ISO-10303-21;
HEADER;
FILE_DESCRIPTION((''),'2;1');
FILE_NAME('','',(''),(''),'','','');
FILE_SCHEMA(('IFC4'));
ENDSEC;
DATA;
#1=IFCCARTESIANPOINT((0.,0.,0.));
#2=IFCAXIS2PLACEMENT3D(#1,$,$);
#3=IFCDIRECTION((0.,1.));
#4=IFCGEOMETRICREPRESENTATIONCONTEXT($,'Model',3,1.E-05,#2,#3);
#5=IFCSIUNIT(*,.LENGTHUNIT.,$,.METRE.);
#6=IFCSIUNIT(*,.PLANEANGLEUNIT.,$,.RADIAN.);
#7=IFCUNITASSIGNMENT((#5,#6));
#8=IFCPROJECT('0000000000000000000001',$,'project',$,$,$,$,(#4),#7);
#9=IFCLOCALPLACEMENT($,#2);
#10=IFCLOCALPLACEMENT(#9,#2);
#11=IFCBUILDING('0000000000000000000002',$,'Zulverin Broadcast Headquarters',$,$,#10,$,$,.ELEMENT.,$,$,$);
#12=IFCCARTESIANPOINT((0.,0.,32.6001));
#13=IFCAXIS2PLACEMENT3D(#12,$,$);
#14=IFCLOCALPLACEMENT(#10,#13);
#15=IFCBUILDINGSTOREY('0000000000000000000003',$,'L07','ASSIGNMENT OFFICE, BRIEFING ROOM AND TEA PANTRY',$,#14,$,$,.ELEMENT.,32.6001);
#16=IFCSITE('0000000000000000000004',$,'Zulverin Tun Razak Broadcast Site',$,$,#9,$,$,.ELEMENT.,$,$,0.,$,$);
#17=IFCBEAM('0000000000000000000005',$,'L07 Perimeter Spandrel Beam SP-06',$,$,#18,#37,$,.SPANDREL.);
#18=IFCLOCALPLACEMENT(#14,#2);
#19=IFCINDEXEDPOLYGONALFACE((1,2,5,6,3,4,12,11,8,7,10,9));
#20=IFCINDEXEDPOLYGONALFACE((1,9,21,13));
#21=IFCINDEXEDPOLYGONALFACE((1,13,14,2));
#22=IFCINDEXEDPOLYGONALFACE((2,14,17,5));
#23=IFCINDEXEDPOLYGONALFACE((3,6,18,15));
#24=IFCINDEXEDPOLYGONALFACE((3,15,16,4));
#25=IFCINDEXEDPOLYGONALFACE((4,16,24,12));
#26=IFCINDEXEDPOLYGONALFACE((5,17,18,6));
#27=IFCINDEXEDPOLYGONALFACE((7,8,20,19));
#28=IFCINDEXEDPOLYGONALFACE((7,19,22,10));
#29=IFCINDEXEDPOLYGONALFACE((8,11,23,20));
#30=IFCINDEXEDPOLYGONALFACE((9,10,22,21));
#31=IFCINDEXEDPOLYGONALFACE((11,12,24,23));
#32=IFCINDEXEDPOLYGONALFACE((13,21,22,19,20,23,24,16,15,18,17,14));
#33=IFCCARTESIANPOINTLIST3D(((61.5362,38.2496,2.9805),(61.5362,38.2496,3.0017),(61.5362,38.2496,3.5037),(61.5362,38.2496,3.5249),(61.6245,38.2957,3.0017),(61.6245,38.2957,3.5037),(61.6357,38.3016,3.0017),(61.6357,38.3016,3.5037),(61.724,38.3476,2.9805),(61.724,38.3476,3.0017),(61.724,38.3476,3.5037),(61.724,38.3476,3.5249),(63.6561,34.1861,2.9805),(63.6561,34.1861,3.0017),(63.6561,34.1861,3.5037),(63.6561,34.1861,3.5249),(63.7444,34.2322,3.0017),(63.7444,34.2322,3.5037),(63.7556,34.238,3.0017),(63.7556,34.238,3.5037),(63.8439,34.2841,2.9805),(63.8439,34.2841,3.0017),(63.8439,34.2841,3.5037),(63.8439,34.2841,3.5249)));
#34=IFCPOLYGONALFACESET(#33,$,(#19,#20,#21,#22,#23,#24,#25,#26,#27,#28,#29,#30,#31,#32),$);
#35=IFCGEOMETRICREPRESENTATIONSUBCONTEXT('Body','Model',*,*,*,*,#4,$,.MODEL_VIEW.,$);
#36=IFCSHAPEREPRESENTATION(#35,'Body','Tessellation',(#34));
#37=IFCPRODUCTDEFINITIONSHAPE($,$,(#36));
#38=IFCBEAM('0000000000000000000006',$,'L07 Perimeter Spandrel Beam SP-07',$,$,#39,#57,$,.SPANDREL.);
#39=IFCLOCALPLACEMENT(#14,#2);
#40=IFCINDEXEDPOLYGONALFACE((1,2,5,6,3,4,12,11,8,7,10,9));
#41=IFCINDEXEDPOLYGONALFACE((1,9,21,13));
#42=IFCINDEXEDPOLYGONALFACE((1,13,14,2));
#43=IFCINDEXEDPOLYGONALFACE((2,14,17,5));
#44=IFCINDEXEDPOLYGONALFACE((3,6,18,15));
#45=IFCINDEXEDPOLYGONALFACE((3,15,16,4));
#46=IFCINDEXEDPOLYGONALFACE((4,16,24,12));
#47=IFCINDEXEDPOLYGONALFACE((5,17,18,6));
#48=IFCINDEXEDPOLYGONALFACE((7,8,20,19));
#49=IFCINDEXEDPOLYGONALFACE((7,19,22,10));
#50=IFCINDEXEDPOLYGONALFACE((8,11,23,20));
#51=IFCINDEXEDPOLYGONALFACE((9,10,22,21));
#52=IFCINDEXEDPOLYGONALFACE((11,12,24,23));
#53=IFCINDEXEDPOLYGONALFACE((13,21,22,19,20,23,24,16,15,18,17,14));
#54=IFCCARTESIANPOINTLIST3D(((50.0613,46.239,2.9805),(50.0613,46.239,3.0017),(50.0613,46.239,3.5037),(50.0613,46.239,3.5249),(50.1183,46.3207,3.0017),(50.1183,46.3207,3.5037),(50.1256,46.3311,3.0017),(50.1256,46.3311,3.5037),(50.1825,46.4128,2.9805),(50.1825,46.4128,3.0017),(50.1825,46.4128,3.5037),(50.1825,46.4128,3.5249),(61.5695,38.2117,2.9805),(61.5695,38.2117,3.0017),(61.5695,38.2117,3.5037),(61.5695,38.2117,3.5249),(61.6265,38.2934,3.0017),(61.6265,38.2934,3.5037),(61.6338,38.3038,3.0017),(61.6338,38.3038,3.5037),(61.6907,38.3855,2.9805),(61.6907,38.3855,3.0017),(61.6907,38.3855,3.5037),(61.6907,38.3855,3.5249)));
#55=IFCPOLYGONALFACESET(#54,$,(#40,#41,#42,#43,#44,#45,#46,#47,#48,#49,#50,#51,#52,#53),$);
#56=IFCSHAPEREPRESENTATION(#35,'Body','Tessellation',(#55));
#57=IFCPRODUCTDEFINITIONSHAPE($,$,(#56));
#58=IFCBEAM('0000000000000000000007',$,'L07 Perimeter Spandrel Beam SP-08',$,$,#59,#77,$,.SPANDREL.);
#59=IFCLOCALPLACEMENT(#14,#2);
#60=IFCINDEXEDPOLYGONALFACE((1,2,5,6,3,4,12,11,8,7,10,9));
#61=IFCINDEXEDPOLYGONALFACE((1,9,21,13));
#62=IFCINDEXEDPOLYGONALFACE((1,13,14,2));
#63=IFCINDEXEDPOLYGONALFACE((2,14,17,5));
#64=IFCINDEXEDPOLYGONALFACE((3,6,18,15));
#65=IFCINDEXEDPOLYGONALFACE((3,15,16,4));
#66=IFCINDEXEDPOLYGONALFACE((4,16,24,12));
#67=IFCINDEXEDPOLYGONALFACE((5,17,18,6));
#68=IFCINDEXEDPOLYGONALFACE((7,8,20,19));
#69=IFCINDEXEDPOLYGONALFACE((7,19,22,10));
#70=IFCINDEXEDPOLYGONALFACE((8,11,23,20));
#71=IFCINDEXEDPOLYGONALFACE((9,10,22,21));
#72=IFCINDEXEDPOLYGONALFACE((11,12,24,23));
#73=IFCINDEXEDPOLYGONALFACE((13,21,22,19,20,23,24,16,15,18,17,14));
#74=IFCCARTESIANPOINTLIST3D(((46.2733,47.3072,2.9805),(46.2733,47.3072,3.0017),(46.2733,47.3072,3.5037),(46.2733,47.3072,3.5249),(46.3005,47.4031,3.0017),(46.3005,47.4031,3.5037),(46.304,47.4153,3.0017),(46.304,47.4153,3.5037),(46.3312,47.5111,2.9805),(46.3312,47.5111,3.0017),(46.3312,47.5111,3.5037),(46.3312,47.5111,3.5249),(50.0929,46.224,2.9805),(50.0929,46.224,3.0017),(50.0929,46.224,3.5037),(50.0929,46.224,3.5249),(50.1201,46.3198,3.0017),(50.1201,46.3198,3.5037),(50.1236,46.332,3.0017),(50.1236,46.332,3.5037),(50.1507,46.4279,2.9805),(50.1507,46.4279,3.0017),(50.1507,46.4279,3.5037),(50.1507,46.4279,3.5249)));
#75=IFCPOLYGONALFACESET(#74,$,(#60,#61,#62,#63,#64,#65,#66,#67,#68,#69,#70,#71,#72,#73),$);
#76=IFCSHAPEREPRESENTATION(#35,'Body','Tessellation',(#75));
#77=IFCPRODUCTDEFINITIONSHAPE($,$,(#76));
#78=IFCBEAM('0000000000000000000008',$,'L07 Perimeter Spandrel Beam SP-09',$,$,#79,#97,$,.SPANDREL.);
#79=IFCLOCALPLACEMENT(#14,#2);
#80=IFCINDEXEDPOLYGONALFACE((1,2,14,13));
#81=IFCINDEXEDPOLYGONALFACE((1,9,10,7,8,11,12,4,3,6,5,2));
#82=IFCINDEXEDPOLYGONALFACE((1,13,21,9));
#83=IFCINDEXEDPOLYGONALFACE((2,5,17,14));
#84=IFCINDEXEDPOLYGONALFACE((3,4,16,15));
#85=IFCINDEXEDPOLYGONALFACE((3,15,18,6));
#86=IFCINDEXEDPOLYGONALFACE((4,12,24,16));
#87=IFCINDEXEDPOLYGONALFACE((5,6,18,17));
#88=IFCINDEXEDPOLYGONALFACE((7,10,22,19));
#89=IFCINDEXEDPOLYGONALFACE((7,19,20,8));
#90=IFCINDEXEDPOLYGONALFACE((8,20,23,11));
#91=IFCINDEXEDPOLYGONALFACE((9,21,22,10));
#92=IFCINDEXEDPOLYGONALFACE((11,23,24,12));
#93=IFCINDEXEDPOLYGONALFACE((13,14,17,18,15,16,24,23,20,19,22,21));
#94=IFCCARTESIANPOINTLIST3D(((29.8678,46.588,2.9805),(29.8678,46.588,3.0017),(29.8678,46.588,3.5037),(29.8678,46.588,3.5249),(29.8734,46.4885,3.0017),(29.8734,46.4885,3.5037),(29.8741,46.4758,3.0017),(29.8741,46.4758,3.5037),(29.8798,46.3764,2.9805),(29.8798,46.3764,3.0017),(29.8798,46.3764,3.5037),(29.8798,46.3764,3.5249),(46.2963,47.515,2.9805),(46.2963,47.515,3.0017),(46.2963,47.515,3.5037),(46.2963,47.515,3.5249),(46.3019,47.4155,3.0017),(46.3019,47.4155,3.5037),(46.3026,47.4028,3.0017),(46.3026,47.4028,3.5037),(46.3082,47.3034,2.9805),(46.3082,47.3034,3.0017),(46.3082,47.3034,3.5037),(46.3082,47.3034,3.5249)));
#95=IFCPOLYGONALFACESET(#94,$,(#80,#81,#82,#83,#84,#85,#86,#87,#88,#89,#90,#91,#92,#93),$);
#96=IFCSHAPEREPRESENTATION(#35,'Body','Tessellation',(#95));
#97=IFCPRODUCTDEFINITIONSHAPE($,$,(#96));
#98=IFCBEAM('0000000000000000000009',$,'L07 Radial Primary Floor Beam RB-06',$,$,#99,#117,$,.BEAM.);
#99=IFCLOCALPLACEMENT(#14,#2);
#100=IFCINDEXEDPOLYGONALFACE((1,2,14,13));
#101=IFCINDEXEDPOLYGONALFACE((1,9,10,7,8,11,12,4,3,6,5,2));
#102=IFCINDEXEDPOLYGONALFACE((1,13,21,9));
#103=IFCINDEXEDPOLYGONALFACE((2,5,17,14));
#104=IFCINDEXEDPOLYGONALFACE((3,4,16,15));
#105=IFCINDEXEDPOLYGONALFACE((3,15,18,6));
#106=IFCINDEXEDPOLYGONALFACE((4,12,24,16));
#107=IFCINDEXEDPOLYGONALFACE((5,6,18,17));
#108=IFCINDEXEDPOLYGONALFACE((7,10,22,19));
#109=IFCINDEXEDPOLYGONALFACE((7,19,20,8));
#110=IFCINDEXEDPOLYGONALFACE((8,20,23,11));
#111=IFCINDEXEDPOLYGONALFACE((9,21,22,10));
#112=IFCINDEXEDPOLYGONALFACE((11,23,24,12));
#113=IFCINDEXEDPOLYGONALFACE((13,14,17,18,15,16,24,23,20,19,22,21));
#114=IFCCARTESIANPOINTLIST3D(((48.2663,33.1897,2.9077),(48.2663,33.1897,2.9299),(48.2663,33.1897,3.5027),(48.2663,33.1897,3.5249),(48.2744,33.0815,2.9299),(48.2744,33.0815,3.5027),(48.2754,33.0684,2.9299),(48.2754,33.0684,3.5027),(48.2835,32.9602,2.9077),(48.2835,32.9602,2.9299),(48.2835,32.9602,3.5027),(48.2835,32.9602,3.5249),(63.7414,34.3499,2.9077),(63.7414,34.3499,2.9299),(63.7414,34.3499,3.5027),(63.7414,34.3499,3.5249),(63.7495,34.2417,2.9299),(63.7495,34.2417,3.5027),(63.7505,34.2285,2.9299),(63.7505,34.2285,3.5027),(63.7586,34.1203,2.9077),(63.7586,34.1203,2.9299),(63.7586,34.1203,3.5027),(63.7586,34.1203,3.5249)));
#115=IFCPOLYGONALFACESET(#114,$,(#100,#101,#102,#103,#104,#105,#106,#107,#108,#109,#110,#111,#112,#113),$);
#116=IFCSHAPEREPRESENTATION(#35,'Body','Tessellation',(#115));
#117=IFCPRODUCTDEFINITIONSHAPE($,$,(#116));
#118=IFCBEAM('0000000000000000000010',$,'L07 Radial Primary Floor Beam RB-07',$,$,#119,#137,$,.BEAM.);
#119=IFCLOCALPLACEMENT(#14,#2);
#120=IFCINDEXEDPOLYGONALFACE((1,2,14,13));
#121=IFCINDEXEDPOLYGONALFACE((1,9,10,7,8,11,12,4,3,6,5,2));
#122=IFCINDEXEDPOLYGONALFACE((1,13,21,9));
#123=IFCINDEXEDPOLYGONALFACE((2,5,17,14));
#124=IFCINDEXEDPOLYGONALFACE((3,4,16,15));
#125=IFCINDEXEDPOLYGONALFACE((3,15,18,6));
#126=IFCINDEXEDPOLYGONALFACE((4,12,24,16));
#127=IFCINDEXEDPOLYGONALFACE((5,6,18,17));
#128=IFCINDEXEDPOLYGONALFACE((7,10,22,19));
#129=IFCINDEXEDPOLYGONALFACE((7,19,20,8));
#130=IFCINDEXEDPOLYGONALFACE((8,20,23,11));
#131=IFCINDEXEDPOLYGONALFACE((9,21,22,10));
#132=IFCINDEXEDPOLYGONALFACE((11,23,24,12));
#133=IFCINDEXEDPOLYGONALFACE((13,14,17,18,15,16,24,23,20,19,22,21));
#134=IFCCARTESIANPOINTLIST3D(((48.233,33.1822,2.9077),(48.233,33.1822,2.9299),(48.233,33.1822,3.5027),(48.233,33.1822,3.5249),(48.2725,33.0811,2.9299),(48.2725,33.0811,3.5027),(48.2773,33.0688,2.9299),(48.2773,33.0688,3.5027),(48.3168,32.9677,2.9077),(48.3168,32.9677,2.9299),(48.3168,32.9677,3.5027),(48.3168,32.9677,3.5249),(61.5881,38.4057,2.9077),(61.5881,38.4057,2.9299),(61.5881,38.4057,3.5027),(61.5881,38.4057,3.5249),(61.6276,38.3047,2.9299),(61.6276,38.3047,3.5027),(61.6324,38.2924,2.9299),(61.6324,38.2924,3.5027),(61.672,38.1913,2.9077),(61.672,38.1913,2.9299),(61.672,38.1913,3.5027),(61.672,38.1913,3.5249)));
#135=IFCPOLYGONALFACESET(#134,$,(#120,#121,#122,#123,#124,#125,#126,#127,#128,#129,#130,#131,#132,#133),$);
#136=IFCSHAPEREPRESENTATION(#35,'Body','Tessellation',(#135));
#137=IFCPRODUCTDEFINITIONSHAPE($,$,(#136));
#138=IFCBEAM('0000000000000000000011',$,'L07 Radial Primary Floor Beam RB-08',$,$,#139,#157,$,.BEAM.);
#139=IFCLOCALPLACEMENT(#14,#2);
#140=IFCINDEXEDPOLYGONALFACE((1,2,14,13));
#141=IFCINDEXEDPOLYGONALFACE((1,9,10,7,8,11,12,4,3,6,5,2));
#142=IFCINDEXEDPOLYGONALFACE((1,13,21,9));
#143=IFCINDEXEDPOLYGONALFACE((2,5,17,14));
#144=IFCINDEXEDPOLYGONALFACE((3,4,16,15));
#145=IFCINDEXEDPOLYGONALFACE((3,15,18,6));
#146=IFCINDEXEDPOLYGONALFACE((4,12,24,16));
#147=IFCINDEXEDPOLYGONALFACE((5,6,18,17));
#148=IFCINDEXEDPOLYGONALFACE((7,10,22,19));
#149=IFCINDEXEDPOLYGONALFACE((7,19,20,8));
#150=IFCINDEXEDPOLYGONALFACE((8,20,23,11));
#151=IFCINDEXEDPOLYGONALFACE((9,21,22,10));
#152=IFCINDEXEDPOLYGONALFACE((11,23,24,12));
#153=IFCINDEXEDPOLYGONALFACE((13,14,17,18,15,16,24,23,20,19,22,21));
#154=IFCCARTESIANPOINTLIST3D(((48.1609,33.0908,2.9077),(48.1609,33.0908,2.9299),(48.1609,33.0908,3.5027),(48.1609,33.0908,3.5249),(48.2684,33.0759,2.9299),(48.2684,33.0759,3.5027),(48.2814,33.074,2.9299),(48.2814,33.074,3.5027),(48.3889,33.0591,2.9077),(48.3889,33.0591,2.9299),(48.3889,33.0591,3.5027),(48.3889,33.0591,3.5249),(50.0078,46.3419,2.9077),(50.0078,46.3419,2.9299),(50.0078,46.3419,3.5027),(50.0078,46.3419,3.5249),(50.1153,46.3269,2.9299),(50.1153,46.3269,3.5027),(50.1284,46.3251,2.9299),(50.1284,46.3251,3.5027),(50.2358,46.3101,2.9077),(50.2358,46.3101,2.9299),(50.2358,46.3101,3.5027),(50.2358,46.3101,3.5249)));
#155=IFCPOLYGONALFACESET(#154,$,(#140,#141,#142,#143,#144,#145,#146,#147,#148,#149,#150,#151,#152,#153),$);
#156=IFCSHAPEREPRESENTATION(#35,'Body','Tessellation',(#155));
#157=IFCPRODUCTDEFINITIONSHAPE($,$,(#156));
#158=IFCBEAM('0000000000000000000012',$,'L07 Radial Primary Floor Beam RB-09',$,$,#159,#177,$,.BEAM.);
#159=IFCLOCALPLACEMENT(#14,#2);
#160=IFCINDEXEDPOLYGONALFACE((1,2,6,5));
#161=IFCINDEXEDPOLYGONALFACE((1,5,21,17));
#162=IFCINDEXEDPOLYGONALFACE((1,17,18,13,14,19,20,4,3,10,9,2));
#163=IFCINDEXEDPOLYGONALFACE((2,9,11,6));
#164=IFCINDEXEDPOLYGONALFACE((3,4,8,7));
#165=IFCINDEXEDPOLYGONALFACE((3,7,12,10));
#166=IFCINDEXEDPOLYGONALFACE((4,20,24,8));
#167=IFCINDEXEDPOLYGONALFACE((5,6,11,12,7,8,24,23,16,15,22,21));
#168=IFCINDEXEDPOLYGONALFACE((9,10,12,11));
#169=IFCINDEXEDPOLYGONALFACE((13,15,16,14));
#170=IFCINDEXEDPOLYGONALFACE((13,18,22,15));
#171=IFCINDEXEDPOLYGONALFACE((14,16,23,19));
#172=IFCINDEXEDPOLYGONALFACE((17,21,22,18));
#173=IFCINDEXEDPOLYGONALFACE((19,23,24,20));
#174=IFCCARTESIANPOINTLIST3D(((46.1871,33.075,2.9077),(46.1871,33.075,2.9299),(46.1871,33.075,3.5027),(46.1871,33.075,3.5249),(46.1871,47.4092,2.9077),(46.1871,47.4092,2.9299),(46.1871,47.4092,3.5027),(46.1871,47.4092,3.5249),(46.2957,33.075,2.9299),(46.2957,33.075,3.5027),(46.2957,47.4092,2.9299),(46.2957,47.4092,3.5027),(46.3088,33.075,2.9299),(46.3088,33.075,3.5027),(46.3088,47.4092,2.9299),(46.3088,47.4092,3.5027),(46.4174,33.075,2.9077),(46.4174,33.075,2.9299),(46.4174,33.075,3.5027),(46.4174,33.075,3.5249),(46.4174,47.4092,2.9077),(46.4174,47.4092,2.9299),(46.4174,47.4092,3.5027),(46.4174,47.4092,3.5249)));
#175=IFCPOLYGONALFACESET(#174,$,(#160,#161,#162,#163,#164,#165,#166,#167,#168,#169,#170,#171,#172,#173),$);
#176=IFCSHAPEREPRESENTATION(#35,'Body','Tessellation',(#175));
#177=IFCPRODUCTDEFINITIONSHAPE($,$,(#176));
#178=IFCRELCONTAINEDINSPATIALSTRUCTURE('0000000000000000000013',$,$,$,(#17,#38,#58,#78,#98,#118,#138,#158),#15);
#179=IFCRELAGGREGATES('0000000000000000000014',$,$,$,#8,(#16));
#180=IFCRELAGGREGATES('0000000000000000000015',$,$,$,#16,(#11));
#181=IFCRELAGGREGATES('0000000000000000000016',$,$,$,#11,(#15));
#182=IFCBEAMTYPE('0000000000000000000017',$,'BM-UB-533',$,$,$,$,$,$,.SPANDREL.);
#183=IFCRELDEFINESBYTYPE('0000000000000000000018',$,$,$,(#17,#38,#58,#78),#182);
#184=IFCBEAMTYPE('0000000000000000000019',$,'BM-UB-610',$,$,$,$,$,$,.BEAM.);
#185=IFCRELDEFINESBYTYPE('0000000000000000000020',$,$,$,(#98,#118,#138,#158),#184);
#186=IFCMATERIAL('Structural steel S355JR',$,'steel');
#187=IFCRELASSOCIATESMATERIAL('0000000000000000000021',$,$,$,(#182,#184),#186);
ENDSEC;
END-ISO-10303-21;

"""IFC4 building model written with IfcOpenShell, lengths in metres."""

from ifc_helpers import new_model, si_unit, direction, frame, origin, origin_2d, place, context, subcontext, project, spatial, i_section, extrude, material, material_profile, profile_set, type_object, element, save


model = new_model("IFC4")

# Units and contexts
model_context = context("Model", 3, precision=1e-05, world=origin(), true_north=direction((0.0, 1.0)))
body_context = subcontext(model_context, "Body", "Model", "MODEL_VIEW")
ifc_project = project(units=[si_unit("LENGTHUNIT", "METRE"), si_unit("PLANEANGLEUNIT", "RADIAN")], contexts=[model_context])

# Site, building, storey
site_placement = place(None, origin())
site = spatial("IfcSite", under=ifc_project, at=site_placement, Name="Zulverin Tun Razak Broadcast Site", CompositionType="ELEMENT", RefElevation=0.0)
building_placement = place(site_placement, origin())
building = spatial("IfcBuilding", under=site, at=building_placement, Name="Zulverin Broadcast Headquarters", CompositionType="ELEMENT")
storey_placement = place(building_placement, frame((0.0, 0.0, 32.6001)))
storey = spatial("IfcBuildingStorey", under=building, at=storey_placement, Name="L07", Description="ASSIGNMENT OFFICE, BRIEFING ROOM AND TEA PANTRY", CompositionType="ELEMENT", Elevation=32.6001)

# Beams
ifc_material_1 = material(Name="Structural steel S355JR", Category="steel")
ifc_material_profile_1 = material_profile(ifc_material_1, i_section(OverallWidth=0.2119, OverallDepth=0.5444, WebThickness=0.0127, FlangeThickness=0.0212, at=origin_2d()), Name="Structural steel S355JR", Category="steel")
ifc_profile_set_1 = profile_set([ifc_material_profile_1], Name="Structural steel S355JR")
beam_type_1 = type_object("IfcBeamType", Name="BM-UB-533", PredefinedType="SPANDREL", material=ifc_profile_set_1)
beam_1_placement = place(storey_placement, frame((63.75, 34.2351, 3.2527), z_axis=(-0.462531, 0.886603, 0.0), x_axis=(-0.886603, -0.462531, 0.0)))
element("IfcBeam", 1, at=beam_1_placement, inside=storey, type_object=beam_type_1, Name="L07 Perimeter Spandrel Beam SP-06", PredefinedType="SPANDREL", context=body_context, shape_type="SweptSolid", body=[
    extrude(i_section(OverallWidth=0.2119, OverallDepth=0.5444, WebThickness=0.0127, FlangeThickness=0.0212, at=origin_2d()), origin(), (0.0, 0.0, 1.0), 4.5833),
])
beam_2_placement = place(storey_placement, frame((61.6301, 38.2986, 3.2527), z_axis=(-0.820184, 0.5721, 0.0), x_axis=(-0.5721, -0.820184, 0.0)))
element("IfcBeam", 2, at=beam_2_placement, inside=storey, type_object=beam_type_1, Name="L07 Perimeter Spandrel Beam SP-07", PredefinedType="SPANDREL", context=body_context, shape_type="SweptSolid", body=[
    extrude(i_section(OverallWidth=0.2119, OverallDepth=0.5444, WebThickness=0.0127, FlangeThickness=0.0212, at=origin_2d()), origin(), (0.0, 0.0, 1.0), 14.0312),
])
beam_3_placement = place(storey_placement, frame((50.1218, 46.3259, 3.2527), z_axis=(-0.962058, 0.272844, 0.0), x_axis=(-0.272844, -0.962058, 0.0)))
element("IfcBeam", 3, at=beam_3_placement, inside=storey, type_object=beam_type_1, Name="L07 Perimeter Spandrel Beam SP-08", PredefinedType="SPANDREL", context=body_context, shape_type="SweptSolid", body=[
    extrude(i_section(OverallWidth=0.2119, OverallDepth=0.5444, WebThickness=0.0127, FlangeThickness=0.0212, at=origin_2d()), origin(), (0.0, 0.0, 1.0), 3.9702),
])
beam_4_placement = place(storey_placement, frame((46.3022, 47.4092, 3.2527), z_axis=(-0.998412, -0.056337, 0.0), x_axis=(0.056337, -0.998412, 0.0)))
element("IfcBeam", 4, at=beam_4_placement, inside=storey, type_object=beam_type_1, Name="L07 Perimeter Spandrel Beam SP-09", PredefinedType="SPANDREL", context=body_context, shape_type="SweptSolid", body=[
    extrude(i_section(OverallWidth=0.2119, OverallDepth=0.5444, WebThickness=0.0127, FlangeThickness=0.0212, at=origin_2d()), origin(), (0.0, 0.0, 1.0), 16.4546),
])
ifc_material_profile_2 = material_profile(ifc_material_1, i_section(OverallWidth=0.2302, OverallDepth=0.6172, WebThickness=0.0132, FlangeThickness=0.0222, at=origin_2d()), Name="Structural steel S355JR", Category="steel")
ifc_profile_set_2 = profile_set([ifc_material_profile_2], Name="Structural steel S355JR")
beam_type_2 = type_object("IfcBeamType", Name="BM-UB-610", PredefinedType="BEAM", material=ifc_profile_set_2)
beam_5_placement = place(storey_placement, frame((48.2749, 33.075, 3.2163), z_axis=(0.997202, 0.074759, 0.0), x_axis=(-0.074759, 0.997202, 0.0)))
element("IfcBeam", 5, at=beam_5_placement, inside=storey, type_object=beam_type_2, Name="L07 Radial Primary Floor Beam RB-06", PredefinedType="BEAM", context=body_context, shape_type="SweptSolid", body=[
    extrude(i_section(OverallWidth=0.2302, OverallDepth=0.6172, WebThickness=0.0132, FlangeThickness=0.0222, at=origin_2d()), origin(), (0.0, 0.0, 1.0), 15.5186),
])
beam_6_placement = place(storey_placement, frame((48.2749, 33.075, 3.2163), z_axis=(0.931298, 0.364259, 0.0), x_axis=(-0.364259, 0.931298, 0.0)))
element("IfcBeam", 6, at=beam_6_placement, inside=storey, type_object=beam_type_2, Name="L07 Radial Primary Floor Beam RB-07", PredefinedType="BEAM", context=body_context, shape_type="SweptSolid", body=[
    extrude(i_section(OverallWidth=0.2302, OverallDepth=0.6172, WebThickness=0.0132, FlangeThickness=0.0222, at=origin_2d()), origin(), (0.0, 0.0, 1.0), 14.3403),
])
beam_7_placement = place(storey_placement, frame((48.2749, 33.075, 3.2163), z_axis=(0.138046, 0.990426, 0.0), x_axis=(-0.990426, 0.138046, 0.0)))
element("IfcBeam", 7, at=beam_7_placement, inside=storey, type_object=beam_type_2, Name="L07 Radial Primary Floor Beam RB-08", PredefinedType="BEAM", context=body_context, shape_type="SweptSolid", body=[
    extrude(i_section(OverallWidth=0.2302, OverallDepth=0.6172, WebThickness=0.0132, FlangeThickness=0.0222, at=origin_2d()), origin(), (0.0, 0.0, 1.0), 13.3792),
])
beam_8_placement = place(storey_placement, frame((46.3022, 33.075, 3.2163), z_axis=(0.0, 1.0, 0.0), x_axis=(-1.0, 0.0, 0.0)))
element("IfcBeam", 8, at=beam_8_placement, inside=storey, type_object=beam_type_2, Name="L07 Radial Primary Floor Beam RB-09", PredefinedType="BEAM", context=body_context, shape_type="SweptSolid", body=[
    extrude(i_section(OverallWidth=0.2302, OverallDepth=0.6172, WebThickness=0.0132, FlangeThickness=0.0222, at=origin_2d()), origin(), (0.0, 0.0, 1.0), 14.3342),
])

save(model, "model.ifc")
